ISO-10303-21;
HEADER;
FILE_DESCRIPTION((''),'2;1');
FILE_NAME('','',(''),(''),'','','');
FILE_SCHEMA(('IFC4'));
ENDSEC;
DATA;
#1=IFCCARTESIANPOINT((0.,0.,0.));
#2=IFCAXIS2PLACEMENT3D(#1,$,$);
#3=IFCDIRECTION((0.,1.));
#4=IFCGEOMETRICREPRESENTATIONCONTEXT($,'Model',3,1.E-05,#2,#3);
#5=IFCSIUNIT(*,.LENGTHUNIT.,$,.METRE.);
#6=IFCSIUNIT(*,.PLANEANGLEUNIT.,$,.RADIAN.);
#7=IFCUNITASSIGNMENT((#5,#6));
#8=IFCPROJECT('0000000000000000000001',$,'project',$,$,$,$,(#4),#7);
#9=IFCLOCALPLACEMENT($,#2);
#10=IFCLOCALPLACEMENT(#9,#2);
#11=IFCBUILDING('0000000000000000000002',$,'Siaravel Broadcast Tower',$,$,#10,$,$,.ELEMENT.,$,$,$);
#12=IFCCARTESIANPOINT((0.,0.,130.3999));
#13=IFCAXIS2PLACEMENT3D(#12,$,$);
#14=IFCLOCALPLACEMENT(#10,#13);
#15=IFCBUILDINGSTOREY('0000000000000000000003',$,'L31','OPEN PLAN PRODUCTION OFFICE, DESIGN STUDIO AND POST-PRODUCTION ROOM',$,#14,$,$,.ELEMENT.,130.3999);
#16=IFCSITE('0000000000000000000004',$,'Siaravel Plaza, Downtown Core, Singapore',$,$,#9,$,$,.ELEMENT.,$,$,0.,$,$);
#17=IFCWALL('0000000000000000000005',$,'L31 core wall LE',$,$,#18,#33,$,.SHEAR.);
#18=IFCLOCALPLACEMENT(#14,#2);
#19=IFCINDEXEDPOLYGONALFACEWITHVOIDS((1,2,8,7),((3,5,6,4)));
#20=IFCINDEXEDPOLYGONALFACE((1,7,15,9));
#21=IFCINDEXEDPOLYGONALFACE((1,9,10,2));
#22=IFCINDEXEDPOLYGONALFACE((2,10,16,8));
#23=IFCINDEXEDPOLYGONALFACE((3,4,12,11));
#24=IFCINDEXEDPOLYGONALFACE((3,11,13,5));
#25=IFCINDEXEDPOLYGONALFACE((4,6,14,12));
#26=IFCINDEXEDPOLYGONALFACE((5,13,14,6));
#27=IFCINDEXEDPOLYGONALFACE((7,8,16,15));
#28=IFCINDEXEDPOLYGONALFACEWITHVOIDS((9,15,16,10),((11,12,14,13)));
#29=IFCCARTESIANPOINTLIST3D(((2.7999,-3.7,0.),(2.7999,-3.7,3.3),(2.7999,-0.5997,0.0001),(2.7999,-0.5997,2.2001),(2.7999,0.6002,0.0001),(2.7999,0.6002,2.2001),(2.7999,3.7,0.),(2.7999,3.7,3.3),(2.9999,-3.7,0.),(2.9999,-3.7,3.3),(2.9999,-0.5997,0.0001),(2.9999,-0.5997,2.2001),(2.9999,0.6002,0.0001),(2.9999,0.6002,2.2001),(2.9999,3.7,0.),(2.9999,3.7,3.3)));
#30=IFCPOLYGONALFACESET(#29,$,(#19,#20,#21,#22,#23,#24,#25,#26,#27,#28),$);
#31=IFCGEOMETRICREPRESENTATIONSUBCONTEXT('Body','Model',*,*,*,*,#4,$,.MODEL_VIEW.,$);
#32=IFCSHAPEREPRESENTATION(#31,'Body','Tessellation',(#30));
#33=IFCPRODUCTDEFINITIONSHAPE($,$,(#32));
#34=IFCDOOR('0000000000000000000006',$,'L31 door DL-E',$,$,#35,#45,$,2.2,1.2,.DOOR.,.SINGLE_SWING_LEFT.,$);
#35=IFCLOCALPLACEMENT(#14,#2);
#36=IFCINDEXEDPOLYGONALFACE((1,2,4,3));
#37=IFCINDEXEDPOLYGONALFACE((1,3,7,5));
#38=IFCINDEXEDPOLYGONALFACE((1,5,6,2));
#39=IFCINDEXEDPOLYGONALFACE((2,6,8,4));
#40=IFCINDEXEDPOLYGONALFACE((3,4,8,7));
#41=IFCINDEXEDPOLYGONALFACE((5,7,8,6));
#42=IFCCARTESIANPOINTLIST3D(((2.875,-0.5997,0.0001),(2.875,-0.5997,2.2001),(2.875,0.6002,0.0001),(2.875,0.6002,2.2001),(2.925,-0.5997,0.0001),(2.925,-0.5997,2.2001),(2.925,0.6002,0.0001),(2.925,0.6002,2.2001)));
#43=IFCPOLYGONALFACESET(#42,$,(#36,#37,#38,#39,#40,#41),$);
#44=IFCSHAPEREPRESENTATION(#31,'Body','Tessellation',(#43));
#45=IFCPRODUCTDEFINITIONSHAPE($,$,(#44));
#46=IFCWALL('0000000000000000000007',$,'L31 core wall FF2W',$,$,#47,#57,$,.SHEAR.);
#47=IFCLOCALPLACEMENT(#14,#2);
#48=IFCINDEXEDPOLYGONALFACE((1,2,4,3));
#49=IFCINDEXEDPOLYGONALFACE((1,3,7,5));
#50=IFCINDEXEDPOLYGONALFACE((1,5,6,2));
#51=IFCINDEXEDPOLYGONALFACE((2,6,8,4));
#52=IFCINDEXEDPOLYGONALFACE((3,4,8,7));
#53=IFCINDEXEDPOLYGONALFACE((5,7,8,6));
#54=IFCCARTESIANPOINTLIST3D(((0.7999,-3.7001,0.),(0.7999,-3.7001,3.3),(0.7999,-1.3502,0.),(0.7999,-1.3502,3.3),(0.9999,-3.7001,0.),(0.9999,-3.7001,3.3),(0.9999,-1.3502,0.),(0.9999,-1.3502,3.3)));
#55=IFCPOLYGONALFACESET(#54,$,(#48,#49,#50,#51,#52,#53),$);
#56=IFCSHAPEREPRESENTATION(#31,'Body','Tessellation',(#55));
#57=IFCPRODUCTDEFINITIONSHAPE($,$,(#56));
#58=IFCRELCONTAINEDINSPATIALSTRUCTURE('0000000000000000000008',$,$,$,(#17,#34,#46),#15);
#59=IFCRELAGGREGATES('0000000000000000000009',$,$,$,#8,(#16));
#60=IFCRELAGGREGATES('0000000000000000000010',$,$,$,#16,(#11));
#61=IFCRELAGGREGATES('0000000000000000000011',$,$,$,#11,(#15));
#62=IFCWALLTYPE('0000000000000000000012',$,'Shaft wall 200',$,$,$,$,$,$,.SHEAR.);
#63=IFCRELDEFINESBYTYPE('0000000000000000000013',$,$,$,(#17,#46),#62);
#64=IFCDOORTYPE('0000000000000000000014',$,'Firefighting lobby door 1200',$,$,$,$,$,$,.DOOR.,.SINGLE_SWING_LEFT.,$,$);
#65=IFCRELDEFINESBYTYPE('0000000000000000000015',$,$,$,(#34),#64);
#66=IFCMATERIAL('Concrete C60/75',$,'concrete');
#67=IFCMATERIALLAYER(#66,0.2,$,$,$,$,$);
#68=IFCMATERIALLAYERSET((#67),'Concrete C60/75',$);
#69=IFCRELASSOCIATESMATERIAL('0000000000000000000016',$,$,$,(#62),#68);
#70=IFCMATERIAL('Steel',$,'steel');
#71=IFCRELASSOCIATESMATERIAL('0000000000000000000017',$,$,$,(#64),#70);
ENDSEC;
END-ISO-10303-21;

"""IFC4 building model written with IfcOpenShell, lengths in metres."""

from ifc_helpers import new_model, si_unit, direction, frame, frame_2d, origin, place, context, subcontext, project, spatial, rectangle, extrude, material, layer, layer_set, type_object, element, fill, save


model = new_model("IFC4")

# Units and contexts
model_context = context("Model", 3, precision=1e-05, world=origin(), true_north=direction((0.0, 1.0)))
body_context = subcontext(model_context, "Body", "Model", "MODEL_VIEW")
ifc_project = project(units=[si_unit("LENGTHUNIT", "METRE"), si_unit("PLANEANGLEUNIT", "RADIAN")], contexts=[model_context])

# Site, building, storey
site_placement = place(None, origin())
site = spatial("IfcSite", under=ifc_project, at=site_placement, Name="Siaravel Plaza, Downtown Core, Singapore", CompositionType="ELEMENT", RefElevation=0.0)
building_placement = place(site_placement, origin())
building = spatial("IfcBuilding", under=site, at=building_placement, Name="Siaravel Broadcast Tower", CompositionType="ELEMENT")
storey_placement = place(building_placement, frame((0.0, 0.0, 130.3999)))
storey = spatial("IfcBuildingStorey", under=building, at=storey_placement, Name="L31", Description="OPEN PLAN PRODUCTION OFFICE, DESIGN STUDIO AND POST-PRODUCTION ROOM", CompositionType="ELEMENT", Elevation=130.3999)

# Shared definitions
ifc_material_1 = material(Name="Concrete C60/75", Category="concrete")
ifc_layer_1 = layer(ifc_material_1, 0.2)
ifc_layer_set_1 = layer_set([ifc_layer_1], Name="Concrete C60/75")
wall_type_1 = type_object("IfcWallType", Name="Shaft wall 200", PredefinedType="SHEAR", material=ifc_layer_set_1)

# Wall, opening, door
wall_1_placement = place(storey_placement, frame((2.8999, -3.7, 0.0), z_axis=(0.0, 0.0, 1.0), x_axis=(0.0, 1.0, 0.0)))
wall_1 = element("IfcWall", 1, at=wall_1_placement, inside=storey, type_object=wall_type_1, Name="L31 core wall LE", PredefinedType="SHEAR", context=body_context, shape_type="SweptSolid", body=[
    extrude(rectangle(XDim=7.3999, YDim=0.2, at=frame_2d((3.7, 0.0))), origin(), (0.0, 0.0, 1.0), 3.3),
])
opening_1_placement = place(wall_1_placement, frame((3.1001, 0.0, 0.0)))
opening_1 = element("IfcOpeningElement", 2, at=opening_1_placement, cuts=wall_1, PredefinedType="OPENING", context=body_context, shape_type="SweptSolid", body=[
    extrude(rectangle(XDim=1.2, YDim=2.2, at=frame_2d((0.6001, 1.1001))), frame((0.0, 0.1099, 0.0), z_axis=(0.0, -1.0, 0.0), x_axis=(1.0, 0.0, 0.0)), (0.0, 0.0, 1.0), 0.22),
])
ifc_material_2 = material(Name="Steel", Category="steel")
door_type_1 = type_object("IfcDoorType", Name="Firefighting lobby door 1200", OperationType="SINGLE_SWING_LEFT", PredefinedType="DOOR", material=ifc_material_2)
door_1_placement = place(opening_1_placement, origin())
door_1 = element("IfcDoor", 3, at=door_1_placement, inside=storey, type_object=door_type_1, Name="L31 door DL-E", OperationType="SINGLE_SWING_LEFT", OverallHeight=2.2, OverallWidth=1.2, PredefinedType="DOOR", context=body_context, shape_type="SweptSolid", body=[
    extrude(rectangle(XDim=1.2, YDim=2.2, at=frame_2d((0.6001, 1.1001))), frame((0.0, 0.0249, 0.0), z_axis=(0.0, -1.0, 0.0), x_axis=(1.0, 0.0, 0.0)), (0.0, 0.0, 1.0), 0.05),
])
fill(opening_1, door_1)

# Wall
wall_2_placement = place(storey_placement, frame((0.8999, -3.7, 0.0), z_axis=(0.0, 0.0, 1.0), x_axis=(0.0, 1.0, 0.0)))
element("IfcWall", 4, at=wall_2_placement, inside=storey, type_object=wall_type_1, Name="L31 core wall FF2W", PredefinedType="SHEAR", context=body_context, shape_type="SweptSolid", body=[
    extrude(rectangle(XDim=2.3499, YDim=0.2, at=frame_2d((1.1748, 0.0))), origin(), (0.0, 0.0, 1.0), 3.3),
])

save(model, "model.ifc")
